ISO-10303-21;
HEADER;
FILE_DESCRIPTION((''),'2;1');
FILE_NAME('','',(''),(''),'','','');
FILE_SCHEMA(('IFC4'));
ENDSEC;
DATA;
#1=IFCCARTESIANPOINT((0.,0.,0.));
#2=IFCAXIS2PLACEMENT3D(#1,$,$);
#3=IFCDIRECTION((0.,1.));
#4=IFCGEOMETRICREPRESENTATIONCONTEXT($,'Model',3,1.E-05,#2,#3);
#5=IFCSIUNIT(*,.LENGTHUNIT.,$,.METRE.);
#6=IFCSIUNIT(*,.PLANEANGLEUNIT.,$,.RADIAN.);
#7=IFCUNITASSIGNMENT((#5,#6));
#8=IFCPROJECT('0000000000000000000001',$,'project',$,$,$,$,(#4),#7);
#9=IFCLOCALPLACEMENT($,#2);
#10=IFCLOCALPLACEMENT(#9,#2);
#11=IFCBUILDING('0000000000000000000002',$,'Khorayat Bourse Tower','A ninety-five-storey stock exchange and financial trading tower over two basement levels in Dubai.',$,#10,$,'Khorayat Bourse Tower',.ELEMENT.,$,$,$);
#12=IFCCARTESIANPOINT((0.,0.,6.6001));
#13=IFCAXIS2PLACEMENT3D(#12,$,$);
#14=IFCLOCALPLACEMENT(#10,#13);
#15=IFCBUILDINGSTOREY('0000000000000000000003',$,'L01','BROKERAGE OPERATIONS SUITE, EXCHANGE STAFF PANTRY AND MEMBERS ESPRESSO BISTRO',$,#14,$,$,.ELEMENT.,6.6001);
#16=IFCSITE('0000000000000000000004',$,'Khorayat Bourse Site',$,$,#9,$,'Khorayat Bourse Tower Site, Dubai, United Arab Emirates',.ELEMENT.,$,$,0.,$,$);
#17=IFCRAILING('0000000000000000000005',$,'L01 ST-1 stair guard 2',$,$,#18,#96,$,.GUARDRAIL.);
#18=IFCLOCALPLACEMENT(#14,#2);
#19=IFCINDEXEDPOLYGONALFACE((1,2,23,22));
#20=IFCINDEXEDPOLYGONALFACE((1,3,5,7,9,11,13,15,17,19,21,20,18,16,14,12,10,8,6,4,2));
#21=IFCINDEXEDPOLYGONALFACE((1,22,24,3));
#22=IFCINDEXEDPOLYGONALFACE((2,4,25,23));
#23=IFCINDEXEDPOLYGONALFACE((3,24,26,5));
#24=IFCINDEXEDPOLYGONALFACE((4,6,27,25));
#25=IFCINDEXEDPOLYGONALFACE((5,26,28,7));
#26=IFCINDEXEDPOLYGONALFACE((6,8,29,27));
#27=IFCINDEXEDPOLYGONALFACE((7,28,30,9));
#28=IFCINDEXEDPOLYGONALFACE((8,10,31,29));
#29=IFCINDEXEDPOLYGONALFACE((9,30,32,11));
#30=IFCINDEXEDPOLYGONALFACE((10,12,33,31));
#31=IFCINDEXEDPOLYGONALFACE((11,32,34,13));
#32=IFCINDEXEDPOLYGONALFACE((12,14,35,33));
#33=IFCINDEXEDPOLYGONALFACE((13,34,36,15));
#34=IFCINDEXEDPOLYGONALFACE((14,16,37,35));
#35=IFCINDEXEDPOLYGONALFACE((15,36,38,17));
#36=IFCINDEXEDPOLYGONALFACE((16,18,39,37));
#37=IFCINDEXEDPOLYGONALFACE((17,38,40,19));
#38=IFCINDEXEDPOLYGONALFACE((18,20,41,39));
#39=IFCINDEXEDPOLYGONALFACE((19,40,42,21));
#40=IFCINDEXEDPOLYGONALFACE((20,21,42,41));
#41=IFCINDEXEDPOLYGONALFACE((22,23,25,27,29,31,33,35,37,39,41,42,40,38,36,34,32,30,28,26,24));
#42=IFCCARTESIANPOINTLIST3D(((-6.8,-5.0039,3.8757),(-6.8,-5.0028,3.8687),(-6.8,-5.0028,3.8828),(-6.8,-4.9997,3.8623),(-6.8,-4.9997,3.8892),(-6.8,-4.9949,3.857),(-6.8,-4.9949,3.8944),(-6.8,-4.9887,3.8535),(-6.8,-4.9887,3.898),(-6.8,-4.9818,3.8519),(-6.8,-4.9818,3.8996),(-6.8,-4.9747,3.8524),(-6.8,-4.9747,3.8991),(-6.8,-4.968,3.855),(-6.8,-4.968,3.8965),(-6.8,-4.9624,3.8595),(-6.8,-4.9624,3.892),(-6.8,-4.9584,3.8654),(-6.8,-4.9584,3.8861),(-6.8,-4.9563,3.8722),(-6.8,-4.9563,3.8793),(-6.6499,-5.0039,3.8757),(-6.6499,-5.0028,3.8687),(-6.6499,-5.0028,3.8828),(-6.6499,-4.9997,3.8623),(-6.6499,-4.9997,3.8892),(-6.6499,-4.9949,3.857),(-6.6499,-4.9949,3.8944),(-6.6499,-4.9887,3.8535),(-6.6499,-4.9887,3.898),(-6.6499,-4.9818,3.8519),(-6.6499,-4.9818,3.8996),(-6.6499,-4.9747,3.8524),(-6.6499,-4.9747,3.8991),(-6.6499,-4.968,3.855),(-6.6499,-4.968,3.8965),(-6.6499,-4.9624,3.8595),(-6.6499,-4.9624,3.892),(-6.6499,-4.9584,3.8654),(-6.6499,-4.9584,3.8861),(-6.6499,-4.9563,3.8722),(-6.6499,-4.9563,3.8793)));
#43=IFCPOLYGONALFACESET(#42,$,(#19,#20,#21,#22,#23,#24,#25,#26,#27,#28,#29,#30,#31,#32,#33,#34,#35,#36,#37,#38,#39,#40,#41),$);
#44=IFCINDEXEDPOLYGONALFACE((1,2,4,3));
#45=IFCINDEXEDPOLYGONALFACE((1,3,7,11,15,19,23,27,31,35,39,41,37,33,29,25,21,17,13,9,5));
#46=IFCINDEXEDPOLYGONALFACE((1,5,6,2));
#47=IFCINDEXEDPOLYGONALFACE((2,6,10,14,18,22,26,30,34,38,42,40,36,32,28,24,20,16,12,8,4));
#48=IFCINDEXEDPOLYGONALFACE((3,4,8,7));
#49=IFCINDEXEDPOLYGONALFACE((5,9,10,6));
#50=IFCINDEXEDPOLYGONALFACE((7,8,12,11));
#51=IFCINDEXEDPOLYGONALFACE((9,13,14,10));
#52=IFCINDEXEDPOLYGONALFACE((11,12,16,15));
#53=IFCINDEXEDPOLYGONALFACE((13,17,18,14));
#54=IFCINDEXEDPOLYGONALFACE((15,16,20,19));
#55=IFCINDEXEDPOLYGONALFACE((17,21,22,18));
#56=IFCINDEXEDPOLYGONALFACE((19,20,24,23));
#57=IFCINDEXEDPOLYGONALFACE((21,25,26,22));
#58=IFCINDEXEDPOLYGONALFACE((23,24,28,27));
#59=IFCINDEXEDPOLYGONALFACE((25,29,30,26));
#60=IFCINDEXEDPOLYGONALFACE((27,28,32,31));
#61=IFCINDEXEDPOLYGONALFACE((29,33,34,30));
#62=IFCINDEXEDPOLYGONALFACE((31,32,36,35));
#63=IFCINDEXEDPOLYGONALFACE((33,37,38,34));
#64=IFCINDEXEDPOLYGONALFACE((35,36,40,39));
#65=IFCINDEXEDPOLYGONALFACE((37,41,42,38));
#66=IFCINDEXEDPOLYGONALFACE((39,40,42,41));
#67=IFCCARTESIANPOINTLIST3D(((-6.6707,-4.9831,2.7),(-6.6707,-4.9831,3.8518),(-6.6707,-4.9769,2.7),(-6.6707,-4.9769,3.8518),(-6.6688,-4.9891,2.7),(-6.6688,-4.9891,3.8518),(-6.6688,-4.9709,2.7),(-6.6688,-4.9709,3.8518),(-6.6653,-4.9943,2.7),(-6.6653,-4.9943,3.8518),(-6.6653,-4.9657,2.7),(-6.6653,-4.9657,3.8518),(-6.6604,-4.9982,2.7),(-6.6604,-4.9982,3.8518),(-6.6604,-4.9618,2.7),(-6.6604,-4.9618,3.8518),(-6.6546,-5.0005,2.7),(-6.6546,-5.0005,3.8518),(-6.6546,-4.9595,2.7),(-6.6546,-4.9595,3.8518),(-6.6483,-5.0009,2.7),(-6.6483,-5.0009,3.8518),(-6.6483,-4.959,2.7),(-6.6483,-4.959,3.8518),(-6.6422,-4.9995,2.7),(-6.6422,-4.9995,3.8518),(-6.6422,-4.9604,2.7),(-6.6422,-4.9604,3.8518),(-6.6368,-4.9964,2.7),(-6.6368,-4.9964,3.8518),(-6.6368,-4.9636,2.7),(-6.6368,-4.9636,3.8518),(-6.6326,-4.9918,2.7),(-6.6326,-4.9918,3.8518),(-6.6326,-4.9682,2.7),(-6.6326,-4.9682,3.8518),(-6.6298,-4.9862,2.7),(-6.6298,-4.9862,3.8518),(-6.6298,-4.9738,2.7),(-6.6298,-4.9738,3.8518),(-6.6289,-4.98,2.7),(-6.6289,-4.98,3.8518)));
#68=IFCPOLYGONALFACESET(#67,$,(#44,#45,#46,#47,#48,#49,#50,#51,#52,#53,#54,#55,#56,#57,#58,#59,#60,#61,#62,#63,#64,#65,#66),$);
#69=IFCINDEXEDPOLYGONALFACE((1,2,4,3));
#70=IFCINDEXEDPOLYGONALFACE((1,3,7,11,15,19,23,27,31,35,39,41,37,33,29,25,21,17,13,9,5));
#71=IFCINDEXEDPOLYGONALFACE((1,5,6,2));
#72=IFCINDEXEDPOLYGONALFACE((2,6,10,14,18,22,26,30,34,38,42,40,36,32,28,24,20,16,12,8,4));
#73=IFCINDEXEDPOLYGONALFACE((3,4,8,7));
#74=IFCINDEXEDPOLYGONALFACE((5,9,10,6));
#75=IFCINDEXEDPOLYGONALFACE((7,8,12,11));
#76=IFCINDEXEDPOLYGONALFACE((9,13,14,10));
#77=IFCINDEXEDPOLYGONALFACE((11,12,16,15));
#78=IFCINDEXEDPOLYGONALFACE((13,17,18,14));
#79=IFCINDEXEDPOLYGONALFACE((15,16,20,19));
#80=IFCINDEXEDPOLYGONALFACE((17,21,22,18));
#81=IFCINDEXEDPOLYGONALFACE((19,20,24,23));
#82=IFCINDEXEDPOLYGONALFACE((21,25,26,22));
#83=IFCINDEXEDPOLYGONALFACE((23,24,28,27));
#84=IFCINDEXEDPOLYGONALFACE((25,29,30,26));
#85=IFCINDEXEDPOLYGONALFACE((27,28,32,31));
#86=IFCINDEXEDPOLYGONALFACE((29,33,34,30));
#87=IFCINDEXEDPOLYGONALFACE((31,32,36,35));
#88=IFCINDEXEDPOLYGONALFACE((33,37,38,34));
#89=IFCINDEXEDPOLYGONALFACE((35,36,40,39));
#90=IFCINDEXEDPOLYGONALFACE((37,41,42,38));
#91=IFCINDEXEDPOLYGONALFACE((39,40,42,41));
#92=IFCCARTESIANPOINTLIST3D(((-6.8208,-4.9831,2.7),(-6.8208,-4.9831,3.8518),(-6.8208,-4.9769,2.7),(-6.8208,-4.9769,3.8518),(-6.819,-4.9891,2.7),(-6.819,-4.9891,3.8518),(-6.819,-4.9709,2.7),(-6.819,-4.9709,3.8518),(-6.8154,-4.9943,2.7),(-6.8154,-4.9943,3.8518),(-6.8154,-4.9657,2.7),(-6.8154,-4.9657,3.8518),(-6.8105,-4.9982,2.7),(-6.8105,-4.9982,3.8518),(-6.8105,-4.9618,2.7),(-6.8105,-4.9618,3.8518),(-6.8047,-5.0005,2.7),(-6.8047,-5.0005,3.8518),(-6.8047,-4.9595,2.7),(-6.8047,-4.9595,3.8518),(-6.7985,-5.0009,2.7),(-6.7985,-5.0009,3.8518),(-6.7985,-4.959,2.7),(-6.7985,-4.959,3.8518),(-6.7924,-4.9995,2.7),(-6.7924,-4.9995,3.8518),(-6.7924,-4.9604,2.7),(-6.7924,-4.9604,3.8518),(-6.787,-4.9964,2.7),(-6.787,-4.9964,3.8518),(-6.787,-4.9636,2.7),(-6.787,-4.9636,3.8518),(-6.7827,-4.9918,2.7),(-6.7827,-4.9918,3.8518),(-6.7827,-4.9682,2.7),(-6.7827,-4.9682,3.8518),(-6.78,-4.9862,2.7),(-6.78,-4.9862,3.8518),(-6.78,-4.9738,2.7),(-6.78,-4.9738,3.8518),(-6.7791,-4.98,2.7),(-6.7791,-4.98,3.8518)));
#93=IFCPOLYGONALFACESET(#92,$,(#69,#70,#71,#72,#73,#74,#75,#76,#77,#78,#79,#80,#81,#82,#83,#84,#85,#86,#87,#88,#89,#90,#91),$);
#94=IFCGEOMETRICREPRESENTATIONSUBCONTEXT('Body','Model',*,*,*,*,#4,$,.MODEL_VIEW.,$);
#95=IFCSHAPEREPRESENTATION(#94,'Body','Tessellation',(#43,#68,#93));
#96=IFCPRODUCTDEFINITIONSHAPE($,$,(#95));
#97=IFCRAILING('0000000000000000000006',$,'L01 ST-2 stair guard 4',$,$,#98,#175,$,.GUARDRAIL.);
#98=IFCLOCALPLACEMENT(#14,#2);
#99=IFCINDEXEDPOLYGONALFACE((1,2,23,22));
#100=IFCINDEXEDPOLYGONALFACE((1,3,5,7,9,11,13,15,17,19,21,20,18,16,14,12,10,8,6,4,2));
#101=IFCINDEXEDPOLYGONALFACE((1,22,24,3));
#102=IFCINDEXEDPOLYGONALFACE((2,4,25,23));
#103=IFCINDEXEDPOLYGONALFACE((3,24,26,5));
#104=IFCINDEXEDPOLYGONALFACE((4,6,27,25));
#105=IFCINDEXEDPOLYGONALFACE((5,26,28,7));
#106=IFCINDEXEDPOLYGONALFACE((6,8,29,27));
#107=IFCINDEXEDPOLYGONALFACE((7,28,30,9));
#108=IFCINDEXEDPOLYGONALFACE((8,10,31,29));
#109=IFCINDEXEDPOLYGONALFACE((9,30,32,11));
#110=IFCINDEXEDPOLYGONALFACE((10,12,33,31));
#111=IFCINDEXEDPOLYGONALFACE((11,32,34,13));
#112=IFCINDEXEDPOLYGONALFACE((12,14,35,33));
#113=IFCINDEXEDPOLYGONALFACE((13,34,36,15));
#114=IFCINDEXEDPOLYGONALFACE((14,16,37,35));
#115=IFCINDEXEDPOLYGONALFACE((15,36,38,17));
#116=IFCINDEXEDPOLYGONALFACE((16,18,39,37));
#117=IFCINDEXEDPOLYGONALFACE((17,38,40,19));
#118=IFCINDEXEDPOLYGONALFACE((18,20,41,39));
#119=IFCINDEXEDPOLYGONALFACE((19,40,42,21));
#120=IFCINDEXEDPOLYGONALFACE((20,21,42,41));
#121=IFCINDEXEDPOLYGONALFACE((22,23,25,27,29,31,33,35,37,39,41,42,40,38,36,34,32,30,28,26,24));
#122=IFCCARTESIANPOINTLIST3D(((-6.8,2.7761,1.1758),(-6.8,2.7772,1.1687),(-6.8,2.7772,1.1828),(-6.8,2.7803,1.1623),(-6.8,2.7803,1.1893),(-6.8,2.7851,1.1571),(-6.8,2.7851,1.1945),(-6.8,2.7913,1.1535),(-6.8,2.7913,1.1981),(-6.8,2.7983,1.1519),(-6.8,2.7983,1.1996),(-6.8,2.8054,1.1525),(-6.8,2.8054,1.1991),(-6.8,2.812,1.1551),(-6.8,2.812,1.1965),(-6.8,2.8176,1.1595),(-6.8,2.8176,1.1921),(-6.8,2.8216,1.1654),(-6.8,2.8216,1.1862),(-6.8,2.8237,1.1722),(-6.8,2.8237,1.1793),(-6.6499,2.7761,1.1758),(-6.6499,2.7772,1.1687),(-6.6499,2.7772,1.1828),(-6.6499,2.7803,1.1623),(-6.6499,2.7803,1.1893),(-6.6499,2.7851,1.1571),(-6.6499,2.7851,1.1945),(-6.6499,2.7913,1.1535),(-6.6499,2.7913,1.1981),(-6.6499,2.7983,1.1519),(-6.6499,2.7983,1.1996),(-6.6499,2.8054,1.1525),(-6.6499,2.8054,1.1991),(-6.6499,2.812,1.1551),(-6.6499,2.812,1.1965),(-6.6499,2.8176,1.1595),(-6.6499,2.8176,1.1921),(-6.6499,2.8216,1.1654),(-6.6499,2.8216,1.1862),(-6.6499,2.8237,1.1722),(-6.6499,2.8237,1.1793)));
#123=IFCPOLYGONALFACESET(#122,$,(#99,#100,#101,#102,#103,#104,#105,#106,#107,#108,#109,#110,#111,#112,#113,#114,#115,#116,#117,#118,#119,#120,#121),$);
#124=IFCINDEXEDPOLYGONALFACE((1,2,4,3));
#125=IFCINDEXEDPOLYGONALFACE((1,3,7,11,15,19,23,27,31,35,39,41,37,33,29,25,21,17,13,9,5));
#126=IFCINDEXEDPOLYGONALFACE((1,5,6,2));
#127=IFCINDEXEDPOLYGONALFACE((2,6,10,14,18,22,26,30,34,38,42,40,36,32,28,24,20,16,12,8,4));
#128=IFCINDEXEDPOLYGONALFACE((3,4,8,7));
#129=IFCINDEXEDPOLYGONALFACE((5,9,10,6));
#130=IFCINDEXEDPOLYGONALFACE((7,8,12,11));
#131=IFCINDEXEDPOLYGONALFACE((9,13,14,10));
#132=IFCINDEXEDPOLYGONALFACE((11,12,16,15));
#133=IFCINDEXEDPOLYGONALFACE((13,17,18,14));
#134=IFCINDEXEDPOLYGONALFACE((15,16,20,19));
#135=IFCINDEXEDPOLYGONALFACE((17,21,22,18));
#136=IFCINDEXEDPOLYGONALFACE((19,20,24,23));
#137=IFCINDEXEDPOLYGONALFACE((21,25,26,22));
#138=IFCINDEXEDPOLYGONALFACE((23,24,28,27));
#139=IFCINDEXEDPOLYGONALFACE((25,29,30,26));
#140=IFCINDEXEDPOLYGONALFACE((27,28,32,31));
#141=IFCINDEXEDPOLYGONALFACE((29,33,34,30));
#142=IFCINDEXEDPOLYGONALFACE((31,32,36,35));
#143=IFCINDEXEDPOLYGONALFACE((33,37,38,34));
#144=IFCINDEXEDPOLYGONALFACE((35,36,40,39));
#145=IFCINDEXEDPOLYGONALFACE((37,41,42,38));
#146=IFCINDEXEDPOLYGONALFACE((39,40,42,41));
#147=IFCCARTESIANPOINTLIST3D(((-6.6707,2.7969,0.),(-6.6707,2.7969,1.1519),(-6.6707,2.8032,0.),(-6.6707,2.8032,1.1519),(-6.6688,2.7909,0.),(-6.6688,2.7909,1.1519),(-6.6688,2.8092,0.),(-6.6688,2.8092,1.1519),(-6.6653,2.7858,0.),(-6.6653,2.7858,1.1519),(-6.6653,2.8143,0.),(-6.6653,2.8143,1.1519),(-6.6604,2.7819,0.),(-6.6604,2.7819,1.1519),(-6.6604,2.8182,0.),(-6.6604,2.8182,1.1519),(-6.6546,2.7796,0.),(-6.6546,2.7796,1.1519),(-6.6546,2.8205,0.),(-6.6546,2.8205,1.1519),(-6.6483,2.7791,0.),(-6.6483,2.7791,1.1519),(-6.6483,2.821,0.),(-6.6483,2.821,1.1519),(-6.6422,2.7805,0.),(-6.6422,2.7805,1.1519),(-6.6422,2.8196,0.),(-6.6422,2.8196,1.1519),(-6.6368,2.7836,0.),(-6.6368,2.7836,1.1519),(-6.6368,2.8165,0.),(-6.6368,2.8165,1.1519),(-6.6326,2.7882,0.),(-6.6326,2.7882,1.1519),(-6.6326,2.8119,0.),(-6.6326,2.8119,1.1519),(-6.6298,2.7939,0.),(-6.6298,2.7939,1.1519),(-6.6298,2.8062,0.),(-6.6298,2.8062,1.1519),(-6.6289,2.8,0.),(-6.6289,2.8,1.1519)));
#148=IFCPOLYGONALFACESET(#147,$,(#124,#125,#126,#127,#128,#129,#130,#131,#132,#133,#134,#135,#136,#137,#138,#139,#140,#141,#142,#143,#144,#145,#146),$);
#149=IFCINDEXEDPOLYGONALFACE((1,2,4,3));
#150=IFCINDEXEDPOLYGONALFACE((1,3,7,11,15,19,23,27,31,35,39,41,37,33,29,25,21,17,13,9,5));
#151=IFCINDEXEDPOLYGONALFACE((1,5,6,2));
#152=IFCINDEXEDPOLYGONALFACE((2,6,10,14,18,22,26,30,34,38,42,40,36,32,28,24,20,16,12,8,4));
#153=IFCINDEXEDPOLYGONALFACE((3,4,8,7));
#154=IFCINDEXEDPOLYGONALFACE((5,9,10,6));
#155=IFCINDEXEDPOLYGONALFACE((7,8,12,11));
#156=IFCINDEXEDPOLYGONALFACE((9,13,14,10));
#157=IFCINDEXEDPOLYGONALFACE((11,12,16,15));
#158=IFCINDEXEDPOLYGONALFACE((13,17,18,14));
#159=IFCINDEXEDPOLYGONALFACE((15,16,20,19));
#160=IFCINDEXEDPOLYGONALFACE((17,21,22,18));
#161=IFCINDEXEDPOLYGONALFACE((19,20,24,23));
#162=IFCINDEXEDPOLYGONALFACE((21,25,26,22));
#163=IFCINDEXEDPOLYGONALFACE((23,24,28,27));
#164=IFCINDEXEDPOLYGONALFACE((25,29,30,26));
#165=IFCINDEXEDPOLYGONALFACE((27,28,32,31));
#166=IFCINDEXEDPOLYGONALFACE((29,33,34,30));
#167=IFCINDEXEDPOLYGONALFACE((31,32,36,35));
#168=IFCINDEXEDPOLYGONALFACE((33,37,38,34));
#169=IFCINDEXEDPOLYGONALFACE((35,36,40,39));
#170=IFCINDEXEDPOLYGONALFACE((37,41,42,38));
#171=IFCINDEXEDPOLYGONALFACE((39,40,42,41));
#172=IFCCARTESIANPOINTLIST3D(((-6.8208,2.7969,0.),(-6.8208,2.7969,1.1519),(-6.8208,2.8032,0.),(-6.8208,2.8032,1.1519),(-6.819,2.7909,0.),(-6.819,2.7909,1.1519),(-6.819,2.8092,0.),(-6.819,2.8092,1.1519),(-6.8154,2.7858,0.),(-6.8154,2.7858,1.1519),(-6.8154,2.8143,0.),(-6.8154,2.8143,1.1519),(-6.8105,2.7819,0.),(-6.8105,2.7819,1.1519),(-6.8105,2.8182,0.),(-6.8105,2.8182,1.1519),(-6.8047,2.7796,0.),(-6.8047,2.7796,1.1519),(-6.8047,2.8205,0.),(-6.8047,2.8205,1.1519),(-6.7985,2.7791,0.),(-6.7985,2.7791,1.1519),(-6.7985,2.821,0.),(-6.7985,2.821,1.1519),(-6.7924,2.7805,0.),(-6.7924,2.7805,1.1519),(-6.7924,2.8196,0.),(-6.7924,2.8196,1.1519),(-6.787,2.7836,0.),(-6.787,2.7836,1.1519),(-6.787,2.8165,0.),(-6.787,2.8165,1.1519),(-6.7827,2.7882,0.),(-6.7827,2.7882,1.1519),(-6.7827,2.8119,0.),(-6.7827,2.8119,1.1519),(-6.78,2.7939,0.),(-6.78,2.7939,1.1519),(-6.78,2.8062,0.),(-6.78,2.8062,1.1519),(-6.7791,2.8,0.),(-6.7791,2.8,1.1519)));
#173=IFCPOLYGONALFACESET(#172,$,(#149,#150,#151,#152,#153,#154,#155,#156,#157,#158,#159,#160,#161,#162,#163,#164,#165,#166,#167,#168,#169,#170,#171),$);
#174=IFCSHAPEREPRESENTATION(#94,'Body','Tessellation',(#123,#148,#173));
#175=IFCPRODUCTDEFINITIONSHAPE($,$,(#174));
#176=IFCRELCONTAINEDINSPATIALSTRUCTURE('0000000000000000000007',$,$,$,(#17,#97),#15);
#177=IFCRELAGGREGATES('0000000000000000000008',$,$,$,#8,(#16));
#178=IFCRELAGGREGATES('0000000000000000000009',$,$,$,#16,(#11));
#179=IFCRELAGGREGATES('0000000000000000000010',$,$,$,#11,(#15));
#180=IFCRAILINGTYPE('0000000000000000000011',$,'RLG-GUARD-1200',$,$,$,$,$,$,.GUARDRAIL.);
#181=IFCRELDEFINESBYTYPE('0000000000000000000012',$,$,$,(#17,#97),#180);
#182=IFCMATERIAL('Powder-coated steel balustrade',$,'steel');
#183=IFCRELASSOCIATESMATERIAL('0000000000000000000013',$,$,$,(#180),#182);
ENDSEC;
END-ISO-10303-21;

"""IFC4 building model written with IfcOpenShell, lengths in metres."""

from ifc_helpers import new_model, si_unit, direction, frame, origin, origin_2d, place, context, subcontext, project, spatial, circle, extrude, source, transform, mapped, material, type_object, element, save


model = new_model("IFC4")

# Units and contexts
model_context = context("Model", 3, precision=1e-05, world=origin(), true_north=direction((0.0, 1.0)))
body_context = subcontext(model_context, "Body", "Model", "MODEL_VIEW")
ifc_project = project(units=[si_unit("LENGTHUNIT", "METRE"), si_unit("PLANEANGLEUNIT", "RADIAN")], contexts=[model_context])

# Site, building, storey
site_placement = place(None, origin())
site = spatial("IfcSite", under=ifc_project, at=site_placement, Name="Khorayat Bourse Site", LongName="Khorayat Bourse Tower Site, Dubai, United Arab Emirates", CompositionType="ELEMENT", RefElevation=0.0)
building_placement = place(site_placement, origin())
building = spatial("IfcBuilding", under=site, at=building_placement, Name="Khorayat Bourse Tower", Description="A ninety-five-storey stock exchange and financial trading tower over two basement levels in Dubai.", LongName="Khorayat Bourse Tower", CompositionType="ELEMENT")
storey_placement = place(building_placement, frame((0.0, 0.0, 6.6001)))
storey = spatial("IfcBuildingStorey", under=building, at=storey_placement, Name="L01", Description="BROKERAGE OPERATIONS SUITE, EXCHANGE STAFF PANTRY AND MEMBERS ESPRESSO BISTRO", CompositionType="ELEMENT", Elevation=6.6001)

# Railings
ifc_material_1 = material(Name="Powder-coated steel balustrade", Category="steel")
railing_type_1 = type_object("IfcRailingType", Name="RLG-GUARD-1200", PredefinedType="GUARDRAIL", material=ifc_material_1)
shared_shape_1 = source(origin(), body_context, "Body", "SweptSolid", [
    extrude(circle(Radius=0.0239, at=origin_2d()), frame((0.0, 0.0, 1.1758), z_axis=(-1.0, 0.0, 0.0), x_axis=(0.0, -1.0, 0.0)), (0.0, 0.0, 1.0), 0.1501),
    extrude(circle(Radius=0.021, at=origin_2d()), origin(), (0.0, 0.0, 1.0), 1.1519),
    extrude(circle(Radius=0.021, at=origin_2d()), frame((-0.1501, 0.0, 0.0)), (0.0, 0.0, 1.0), 1.1519),
])
for number, where, name in (
    (1, (-6.6499, -4.98, 2.7), "L01 ST-1 stair guard 2"),
    (2, (-6.6499, 2.8, 0.0), "L01 ST-2 stair guard 4"),
):
    element("IfcRailing", number, at=place(storey_placement, frame(where)), inside=storey, type_object=railing_type_1, Name=name, PredefinedType="GUARDRAIL", context=body_context, shape_type="MappedRepresentation", body=[
        mapped(shared_shape_1, transform((0.0, 0.0, 0.0), scale=1.0)),
    ])

save(model, "model.ifc")
